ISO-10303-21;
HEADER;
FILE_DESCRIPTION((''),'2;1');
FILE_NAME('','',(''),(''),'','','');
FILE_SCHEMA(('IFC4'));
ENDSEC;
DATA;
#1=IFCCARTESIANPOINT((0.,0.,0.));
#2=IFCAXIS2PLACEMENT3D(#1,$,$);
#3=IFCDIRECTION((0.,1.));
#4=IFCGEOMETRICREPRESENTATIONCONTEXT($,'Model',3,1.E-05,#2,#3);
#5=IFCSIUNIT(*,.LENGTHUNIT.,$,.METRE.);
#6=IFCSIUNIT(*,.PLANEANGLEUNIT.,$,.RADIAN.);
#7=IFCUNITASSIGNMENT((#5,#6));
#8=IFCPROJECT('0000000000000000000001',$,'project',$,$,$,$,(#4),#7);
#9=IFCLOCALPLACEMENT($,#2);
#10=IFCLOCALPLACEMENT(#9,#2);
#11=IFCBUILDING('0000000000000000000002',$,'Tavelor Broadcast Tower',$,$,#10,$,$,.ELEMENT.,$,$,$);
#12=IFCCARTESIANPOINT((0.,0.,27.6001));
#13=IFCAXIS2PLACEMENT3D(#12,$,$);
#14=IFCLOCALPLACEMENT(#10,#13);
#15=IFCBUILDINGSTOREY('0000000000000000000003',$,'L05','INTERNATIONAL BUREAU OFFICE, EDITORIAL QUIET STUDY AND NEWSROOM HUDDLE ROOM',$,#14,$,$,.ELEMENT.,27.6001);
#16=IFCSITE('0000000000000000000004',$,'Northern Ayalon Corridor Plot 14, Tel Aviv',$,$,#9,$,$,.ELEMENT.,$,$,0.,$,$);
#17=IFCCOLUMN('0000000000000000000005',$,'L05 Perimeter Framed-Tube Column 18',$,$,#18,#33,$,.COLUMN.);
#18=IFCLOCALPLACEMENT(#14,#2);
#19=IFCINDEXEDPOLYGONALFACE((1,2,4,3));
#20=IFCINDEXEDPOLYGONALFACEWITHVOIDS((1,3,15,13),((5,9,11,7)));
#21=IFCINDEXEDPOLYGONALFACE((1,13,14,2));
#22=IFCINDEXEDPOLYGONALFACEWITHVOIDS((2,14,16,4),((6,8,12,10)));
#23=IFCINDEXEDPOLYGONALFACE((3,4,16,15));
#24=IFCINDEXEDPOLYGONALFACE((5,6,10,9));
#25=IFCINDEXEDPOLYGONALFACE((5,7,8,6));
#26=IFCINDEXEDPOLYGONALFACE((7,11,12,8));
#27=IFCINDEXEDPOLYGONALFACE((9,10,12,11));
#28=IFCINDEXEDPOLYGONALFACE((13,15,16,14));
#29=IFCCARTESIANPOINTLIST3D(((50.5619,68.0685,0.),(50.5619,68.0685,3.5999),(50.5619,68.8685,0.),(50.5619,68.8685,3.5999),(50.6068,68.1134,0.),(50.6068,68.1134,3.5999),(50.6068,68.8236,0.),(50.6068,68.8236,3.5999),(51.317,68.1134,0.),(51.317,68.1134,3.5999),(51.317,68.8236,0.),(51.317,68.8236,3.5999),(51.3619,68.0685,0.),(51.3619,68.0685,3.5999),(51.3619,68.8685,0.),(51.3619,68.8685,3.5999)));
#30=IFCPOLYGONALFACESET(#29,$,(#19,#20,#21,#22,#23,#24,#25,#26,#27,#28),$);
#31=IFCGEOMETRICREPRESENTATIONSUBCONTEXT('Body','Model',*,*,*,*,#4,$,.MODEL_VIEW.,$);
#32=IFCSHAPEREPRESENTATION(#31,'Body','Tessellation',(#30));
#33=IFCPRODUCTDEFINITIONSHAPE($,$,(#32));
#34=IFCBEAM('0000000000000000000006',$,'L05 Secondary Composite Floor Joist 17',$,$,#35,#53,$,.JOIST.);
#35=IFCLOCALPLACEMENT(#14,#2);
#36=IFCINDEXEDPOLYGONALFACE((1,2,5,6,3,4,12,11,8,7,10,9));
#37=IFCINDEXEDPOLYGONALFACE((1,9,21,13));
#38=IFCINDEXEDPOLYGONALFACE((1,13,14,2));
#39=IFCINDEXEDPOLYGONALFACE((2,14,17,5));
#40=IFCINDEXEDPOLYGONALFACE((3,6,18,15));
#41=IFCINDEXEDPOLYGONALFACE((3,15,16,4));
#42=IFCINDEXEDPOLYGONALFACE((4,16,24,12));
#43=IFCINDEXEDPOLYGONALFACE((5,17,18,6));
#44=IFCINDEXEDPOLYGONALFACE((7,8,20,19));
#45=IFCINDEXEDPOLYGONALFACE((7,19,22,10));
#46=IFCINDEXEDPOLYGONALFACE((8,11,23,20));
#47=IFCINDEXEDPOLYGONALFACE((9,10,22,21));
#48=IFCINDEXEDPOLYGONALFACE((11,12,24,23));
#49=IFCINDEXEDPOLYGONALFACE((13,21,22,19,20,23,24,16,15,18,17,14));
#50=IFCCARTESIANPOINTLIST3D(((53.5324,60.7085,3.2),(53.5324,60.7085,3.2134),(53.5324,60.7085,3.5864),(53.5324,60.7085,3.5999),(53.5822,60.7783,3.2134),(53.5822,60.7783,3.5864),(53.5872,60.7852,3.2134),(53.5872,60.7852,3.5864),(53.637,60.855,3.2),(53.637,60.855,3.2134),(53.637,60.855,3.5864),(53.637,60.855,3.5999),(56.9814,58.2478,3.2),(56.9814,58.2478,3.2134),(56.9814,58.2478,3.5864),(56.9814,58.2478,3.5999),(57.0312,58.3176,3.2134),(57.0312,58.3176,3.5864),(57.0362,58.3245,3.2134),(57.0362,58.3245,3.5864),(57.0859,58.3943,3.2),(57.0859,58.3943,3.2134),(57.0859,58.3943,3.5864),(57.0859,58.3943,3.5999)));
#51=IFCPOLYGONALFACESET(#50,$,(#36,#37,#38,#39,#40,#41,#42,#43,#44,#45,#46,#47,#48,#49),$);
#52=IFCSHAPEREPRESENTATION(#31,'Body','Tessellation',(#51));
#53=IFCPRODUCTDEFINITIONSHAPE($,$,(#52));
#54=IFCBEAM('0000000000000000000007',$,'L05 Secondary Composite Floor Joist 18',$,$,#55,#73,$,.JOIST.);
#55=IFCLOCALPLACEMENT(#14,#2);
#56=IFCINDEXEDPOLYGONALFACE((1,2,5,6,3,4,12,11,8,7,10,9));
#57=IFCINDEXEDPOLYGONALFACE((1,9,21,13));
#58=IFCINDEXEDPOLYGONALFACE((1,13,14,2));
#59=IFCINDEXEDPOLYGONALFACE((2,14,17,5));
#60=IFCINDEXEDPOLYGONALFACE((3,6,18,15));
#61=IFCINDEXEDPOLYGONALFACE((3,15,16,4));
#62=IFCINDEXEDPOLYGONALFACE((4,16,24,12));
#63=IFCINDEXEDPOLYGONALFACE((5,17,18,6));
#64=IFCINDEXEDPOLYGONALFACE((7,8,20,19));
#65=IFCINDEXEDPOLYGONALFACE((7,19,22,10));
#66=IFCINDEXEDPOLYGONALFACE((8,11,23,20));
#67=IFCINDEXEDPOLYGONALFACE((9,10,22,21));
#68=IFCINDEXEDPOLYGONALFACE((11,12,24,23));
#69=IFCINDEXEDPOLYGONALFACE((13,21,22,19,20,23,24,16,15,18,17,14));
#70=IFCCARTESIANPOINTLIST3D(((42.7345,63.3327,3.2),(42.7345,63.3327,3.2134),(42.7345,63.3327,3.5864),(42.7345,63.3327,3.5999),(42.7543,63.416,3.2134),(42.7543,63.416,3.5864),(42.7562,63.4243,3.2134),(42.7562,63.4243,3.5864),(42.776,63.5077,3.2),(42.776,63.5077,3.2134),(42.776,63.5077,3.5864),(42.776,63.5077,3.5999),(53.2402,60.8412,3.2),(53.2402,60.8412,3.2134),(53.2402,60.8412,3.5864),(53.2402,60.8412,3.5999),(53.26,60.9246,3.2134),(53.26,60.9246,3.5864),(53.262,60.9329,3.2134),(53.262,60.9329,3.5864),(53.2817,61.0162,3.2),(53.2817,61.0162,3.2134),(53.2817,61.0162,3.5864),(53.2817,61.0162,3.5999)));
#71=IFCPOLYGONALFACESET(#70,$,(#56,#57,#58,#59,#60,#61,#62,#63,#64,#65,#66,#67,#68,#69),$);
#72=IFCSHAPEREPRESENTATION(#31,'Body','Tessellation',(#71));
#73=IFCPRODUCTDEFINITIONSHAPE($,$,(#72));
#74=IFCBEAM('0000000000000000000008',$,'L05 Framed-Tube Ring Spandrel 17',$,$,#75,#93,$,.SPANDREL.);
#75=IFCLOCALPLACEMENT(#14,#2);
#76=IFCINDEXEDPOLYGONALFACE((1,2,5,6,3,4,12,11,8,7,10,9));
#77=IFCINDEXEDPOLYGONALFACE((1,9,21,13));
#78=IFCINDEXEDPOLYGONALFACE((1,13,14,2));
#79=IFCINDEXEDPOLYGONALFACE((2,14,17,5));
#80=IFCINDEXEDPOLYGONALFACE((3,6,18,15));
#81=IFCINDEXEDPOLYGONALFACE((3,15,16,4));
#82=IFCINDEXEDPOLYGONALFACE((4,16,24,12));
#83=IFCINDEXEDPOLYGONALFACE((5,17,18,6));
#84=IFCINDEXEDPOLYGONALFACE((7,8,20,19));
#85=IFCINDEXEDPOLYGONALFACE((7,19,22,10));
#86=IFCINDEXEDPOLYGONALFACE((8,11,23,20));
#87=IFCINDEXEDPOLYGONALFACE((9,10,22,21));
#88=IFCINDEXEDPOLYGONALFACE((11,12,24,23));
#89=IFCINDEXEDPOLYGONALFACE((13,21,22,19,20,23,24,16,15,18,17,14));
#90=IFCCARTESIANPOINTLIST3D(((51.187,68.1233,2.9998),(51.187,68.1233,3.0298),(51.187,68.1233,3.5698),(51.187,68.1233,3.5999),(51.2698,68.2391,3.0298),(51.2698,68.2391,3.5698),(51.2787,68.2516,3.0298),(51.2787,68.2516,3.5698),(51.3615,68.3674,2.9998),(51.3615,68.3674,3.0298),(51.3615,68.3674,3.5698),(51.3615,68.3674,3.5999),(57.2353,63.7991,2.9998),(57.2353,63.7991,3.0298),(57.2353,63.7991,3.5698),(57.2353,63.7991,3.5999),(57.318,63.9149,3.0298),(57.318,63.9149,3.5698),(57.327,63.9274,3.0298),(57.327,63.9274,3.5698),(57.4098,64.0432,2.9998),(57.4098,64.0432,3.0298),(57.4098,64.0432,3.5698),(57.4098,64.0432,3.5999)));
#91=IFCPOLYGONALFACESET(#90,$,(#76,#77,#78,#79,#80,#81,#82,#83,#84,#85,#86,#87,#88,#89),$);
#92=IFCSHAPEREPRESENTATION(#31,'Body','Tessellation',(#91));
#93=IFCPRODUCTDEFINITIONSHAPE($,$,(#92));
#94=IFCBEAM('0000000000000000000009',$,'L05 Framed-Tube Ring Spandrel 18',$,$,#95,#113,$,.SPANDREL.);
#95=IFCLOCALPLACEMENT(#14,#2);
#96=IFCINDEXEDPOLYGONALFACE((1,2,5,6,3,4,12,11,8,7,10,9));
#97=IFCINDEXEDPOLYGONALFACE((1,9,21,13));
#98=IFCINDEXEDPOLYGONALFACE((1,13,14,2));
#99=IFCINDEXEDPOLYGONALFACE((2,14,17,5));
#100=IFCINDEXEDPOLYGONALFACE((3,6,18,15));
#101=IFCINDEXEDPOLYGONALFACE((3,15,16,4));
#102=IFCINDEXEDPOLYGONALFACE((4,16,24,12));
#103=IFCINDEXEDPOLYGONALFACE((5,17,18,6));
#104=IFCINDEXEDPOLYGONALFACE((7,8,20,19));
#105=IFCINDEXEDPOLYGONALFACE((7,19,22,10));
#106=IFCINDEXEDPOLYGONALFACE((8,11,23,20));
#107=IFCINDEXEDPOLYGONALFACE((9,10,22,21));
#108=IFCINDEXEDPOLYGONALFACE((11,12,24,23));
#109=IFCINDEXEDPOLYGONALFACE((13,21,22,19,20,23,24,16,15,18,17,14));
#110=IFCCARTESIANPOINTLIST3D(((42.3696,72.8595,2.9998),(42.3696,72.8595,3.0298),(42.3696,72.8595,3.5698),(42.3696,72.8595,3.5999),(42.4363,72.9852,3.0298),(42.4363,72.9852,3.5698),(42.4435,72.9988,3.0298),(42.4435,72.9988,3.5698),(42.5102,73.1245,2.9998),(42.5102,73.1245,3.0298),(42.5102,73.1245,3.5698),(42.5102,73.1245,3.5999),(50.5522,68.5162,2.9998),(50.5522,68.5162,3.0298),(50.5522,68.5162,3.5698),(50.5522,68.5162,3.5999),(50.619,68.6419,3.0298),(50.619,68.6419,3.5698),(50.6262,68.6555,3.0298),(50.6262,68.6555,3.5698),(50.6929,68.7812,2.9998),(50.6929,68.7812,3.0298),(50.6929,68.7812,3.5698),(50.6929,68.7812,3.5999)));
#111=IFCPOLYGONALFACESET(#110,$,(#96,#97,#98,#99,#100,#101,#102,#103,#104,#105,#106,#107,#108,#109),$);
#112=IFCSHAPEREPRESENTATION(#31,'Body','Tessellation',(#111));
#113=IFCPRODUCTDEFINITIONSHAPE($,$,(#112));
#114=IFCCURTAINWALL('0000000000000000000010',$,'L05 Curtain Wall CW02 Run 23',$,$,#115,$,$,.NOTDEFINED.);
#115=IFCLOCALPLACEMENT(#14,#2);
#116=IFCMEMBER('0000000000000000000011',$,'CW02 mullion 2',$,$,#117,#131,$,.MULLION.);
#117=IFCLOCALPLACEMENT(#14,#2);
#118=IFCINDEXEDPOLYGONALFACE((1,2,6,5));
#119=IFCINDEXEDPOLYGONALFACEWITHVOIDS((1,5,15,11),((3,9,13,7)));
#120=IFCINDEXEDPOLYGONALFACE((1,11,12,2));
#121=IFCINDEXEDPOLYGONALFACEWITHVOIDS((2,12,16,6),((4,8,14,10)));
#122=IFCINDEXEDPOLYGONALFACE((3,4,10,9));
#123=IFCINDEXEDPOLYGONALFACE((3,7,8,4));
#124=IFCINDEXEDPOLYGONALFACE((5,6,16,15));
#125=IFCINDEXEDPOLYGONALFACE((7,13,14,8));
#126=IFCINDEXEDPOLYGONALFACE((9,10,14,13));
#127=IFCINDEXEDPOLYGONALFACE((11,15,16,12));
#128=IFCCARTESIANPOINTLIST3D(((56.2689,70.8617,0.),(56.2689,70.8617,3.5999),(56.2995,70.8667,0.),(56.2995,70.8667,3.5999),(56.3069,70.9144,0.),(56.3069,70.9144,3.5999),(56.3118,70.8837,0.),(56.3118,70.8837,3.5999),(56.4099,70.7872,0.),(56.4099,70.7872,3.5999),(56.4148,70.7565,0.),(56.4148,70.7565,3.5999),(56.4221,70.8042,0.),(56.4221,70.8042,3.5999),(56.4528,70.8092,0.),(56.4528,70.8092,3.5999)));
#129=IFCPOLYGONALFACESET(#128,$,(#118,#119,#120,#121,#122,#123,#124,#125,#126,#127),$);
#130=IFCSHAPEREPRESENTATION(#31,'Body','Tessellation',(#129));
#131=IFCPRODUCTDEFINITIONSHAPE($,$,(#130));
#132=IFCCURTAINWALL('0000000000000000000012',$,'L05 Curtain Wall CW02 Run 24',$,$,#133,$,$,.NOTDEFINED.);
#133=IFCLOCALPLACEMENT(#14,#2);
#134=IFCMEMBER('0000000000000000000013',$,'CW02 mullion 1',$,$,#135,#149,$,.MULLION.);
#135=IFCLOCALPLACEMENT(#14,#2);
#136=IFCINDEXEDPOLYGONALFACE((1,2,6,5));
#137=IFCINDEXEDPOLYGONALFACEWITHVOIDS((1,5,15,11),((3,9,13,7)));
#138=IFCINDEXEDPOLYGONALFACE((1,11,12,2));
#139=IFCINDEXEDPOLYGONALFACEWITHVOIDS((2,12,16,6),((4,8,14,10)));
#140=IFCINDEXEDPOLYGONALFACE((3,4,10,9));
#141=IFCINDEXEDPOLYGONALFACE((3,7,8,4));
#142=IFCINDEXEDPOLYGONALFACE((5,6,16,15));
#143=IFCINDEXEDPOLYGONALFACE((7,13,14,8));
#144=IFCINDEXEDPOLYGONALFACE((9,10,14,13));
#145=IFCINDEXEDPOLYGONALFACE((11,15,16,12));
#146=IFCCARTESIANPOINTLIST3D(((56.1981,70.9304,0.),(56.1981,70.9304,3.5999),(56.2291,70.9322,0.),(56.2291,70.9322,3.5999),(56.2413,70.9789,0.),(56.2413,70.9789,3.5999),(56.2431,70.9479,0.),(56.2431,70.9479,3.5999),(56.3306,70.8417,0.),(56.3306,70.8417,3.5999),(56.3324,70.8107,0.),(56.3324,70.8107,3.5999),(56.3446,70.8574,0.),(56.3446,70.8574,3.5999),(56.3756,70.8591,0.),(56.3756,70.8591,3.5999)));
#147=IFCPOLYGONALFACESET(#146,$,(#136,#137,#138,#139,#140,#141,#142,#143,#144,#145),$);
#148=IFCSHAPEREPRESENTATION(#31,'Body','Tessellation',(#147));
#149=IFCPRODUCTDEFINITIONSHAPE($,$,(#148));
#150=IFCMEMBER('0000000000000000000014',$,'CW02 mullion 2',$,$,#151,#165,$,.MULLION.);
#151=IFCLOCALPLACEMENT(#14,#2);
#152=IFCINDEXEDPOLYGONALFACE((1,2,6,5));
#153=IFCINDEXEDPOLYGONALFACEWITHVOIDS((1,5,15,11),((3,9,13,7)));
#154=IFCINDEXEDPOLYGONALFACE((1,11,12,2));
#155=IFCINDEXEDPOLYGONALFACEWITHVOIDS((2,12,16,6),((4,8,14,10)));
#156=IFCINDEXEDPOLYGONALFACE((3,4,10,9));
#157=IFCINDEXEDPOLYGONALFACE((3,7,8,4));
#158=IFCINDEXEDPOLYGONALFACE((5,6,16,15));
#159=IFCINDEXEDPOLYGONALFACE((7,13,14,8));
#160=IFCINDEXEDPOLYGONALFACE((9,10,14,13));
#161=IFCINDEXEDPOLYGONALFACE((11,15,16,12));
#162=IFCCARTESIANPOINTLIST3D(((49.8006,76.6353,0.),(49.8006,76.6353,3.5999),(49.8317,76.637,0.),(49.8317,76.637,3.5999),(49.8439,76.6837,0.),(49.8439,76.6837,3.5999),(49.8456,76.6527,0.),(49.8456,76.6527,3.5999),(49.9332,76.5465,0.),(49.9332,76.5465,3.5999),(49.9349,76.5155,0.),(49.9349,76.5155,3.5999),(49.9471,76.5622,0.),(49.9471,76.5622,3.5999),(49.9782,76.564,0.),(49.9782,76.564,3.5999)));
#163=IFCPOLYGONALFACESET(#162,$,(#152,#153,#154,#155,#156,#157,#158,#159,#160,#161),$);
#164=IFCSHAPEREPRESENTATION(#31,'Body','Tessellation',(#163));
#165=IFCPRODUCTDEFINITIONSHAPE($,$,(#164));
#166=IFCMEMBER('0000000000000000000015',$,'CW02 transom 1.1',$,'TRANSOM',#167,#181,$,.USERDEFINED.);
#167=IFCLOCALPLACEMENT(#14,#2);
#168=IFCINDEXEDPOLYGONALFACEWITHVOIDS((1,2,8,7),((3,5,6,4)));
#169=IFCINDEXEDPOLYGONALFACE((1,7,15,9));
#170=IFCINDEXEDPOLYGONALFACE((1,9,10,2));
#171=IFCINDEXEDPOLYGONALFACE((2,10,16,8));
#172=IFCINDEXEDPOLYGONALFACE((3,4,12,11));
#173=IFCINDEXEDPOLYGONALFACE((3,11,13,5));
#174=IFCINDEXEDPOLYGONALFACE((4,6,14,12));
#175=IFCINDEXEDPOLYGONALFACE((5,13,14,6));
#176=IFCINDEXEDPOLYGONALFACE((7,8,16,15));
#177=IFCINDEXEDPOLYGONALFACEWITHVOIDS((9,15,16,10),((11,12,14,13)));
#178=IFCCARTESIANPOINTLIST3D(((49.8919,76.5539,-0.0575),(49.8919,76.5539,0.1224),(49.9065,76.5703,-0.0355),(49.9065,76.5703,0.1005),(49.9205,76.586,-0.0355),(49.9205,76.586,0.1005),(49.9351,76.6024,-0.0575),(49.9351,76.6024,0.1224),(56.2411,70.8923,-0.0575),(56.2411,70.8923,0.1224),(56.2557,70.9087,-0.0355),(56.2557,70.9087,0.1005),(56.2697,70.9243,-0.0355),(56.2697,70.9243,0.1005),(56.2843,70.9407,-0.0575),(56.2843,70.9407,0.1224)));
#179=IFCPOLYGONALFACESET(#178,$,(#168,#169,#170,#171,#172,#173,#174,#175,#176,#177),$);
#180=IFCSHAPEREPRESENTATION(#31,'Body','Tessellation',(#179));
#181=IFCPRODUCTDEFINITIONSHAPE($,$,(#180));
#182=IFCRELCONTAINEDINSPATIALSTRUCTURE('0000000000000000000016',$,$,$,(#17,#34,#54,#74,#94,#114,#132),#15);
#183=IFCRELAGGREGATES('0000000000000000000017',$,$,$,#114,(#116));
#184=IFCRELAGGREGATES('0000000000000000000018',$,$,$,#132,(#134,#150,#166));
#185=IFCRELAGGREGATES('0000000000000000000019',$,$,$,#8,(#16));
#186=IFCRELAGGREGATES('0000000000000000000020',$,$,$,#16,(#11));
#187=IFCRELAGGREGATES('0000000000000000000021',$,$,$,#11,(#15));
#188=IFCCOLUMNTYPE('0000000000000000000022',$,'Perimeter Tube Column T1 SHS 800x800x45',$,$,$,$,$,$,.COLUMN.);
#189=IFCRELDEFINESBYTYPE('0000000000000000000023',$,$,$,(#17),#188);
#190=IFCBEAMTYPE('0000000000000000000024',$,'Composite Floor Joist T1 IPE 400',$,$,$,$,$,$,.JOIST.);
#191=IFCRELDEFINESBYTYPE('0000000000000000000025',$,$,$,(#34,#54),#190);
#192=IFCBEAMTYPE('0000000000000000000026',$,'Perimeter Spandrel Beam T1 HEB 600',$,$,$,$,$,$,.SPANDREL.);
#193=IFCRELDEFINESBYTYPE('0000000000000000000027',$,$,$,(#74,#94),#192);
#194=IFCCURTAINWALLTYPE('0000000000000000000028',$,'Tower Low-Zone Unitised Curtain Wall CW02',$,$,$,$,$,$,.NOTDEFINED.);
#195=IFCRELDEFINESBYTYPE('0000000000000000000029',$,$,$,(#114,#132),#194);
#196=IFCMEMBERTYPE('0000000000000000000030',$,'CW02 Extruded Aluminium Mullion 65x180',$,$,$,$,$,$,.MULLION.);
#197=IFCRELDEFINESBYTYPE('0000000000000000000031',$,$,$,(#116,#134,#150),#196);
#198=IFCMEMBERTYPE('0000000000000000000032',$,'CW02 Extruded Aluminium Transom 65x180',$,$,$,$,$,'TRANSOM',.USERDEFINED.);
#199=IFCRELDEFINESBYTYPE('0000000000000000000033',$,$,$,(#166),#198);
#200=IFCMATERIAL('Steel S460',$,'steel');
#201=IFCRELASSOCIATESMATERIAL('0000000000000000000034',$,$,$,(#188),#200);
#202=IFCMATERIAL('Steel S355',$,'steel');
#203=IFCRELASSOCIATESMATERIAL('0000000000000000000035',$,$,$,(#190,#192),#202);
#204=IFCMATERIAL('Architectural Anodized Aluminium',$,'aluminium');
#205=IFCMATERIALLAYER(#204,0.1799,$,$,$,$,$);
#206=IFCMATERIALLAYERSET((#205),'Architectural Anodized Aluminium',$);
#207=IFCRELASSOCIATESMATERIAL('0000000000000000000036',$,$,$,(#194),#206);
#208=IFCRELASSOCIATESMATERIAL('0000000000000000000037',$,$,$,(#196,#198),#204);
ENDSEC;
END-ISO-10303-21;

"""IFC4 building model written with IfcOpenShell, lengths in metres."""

from ifc_helpers import new_model, si_unit, direction, frame, origin, origin_2d, place, context, subcontext, project, spatial, hollow_rectangle, i_section, extrude, source, transform, mapped, material, layer, layer_set, material_profile, profile_set, type_object, type_shapes, element, aggregate, save


model = new_model("IFC4")

# Units and contexts
model_context = context("Model", 3, precision=1e-05, world=origin(), true_north=direction((0.0, 1.0)))
body_context = subcontext(model_context, "Body", "Model", "MODEL_VIEW")
ifc_project = project(units=[si_unit("LENGTHUNIT", "METRE"), si_unit("PLANEANGLEUNIT", "RADIAN")], contexts=[model_context])

# Site, building, storey
site_placement = place(None, origin())
site = spatial("IfcSite", under=ifc_project, at=site_placement, Name="Northern Ayalon Corridor Plot 14, Tel Aviv", CompositionType="ELEMENT", RefElevation=0.0)
building_placement = place(site_placement, origin())
building = spatial("IfcBuilding", under=site, at=building_placement, Name="Tavelor Broadcast Tower", CompositionType="ELEMENT")
storey_placement = place(building_placement, frame((0.0, 0.0, 27.6001)))
storey = spatial("IfcBuildingStorey", under=building, at=storey_placement, Name="L05", Description="INTERNATIONAL BUREAU OFFICE, EDITORIAL QUIET STUDY AND NEWSROOM HUDDLE ROOM", CompositionType="ELEMENT", Elevation=27.6001)

# Column
ifc_material_1 = material(Name="Steel S460", Category="steel")
ifc_material_profile_1 = material_profile(ifc_material_1, hollow_rectangle(XDim=0.8, YDim=0.8, WallThickness=0.0449, at=origin_2d()), Name="SHS 800x800x45")
ifc_profile_set_1 = profile_set([ifc_material_profile_1], Name="Steel S460")
column_type = type_object("IfcColumnType", Name="Perimeter Tube Column T1 SHS 800x800x45", PredefinedType="COLUMN", material=ifc_profile_set_1)
column_placement = place(storey_placement, frame((50.9619, 68.4685, 0.0), z_axis=(0.0, 0.0, 1.0), x_axis=(1.0, 0.0, 0.0)))
element("IfcColumn", 1, at=column_placement, inside=storey, type_object=column_type, Name="L05 Perimeter Framed-Tube Column 18", PredefinedType="COLUMN", context=body_context, shape_type="SweptSolid", body=[
    extrude(hollow_rectangle(XDim=0.8, YDim=0.8, WallThickness=0.0449, at=origin_2d()), origin(), (0.0, 0.0, 1.0), 3.5999),
])

# Beams
ifc_material_2 = material(Name="Steel S355", Category="steel")
ifc_material_profile_2 = material_profile(ifc_material_2, i_section(OverallWidth=0.1799, OverallDepth=0.3999, WebThickness=0.0085, FlangeThickness=0.0134, at=origin_2d()), Name="IPE 400")
ifc_profile_set_2 = profile_set([ifc_material_profile_2], Name="Steel S355")
beam_type_1 = type_object("IfcBeamType", Name="Composite Floor Joist T1 IPE 400", PredefinedType="JOIST", material=ifc_profile_set_2)
beam_1_placement = place(storey_placement, frame((57.0337, 58.321, 3.3999), z_axis=(-0.814053, 0.580791, 0.0), x_axis=(-0.580791, -0.814053, 0.0)))
element("IfcBeam", 2, at=beam_1_placement, inside=storey, type_object=beam_type_1, Name="L05 Secondary Composite Floor Joist 17", PredefinedType="JOIST", context=body_context, shape_type="SweptSolid", body=[
    extrude(i_section(OverallWidth=0.1799, OverallDepth=0.3999, WebThickness=0.0085, FlangeThickness=0.0134, at=origin_2d()), origin(), (0.0, 0.0, 1.0), 4.2368),
])
beam_2_placement = place(storey_placement, frame((53.261, 60.9287, 3.3999), z_axis=(-0.973012, 0.230754, 0.0), x_axis=(-0.230754, -0.973012, 0.0)))
element("IfcBeam", 3, at=beam_2_placement, inside=storey, type_object=beam_type_1, Name="L05 Secondary Composite Floor Joist 18", PredefinedType="JOIST", context=body_context, shape_type="SweptSolid", body=[
    extrude(i_section(OverallWidth=0.1799, OverallDepth=0.3999, WebThickness=0.0085, FlangeThickness=0.0134, at=origin_2d()), origin(), (0.0, 0.0, 1.0), 10.7971),
])
ifc_material_profile_3 = material_profile(ifc_material_2, i_section(OverallWidth=0.3, OverallDepth=0.6001, WebThickness=0.0154, FlangeThickness=0.03, at=origin_2d()), Name="HEB 600")
ifc_profile_set_3 = profile_set([ifc_material_profile_3], Name="Steel S355")
beam_type_2 = type_object("IfcBeamType", Name="Perimeter Spandrel Beam T1 HEB 600", PredefinedType="SPANDREL", material=ifc_profile_set_3)
beam_3_placement = place(storey_placement, frame((57.3225, 63.9211, 3.2998), z_axis=(-0.81348, 0.581592, 0.0), x_axis=(-0.581592, -0.81348, 0.0)))
element("IfcBeam", 4, at=beam_3_placement, inside=storey, type_object=beam_type_2, Name="L05 Framed-Tube Ring Spandrel 17", PredefinedType="SPANDREL", context=body_context, shape_type="SweptSolid", body=[
    extrude(i_section(OverallWidth=0.3, OverallDepth=0.6001, WebThickness=0.0154, FlangeThickness=0.03, at=origin_2d()), origin(), (0.0, 0.0, 1.0), 7.4351),
])
beam_4_placement = place(storey_placement, frame((50.6226, 68.6487, 3.2998), z_axis=(-0.883284, 0.468839, 0.0), x_axis=(-0.468839, -0.883284, 0.0)))
element("IfcBeam", 5, at=beam_4_placement, inside=storey, type_object=beam_type_2, Name="L05 Framed-Tube Ring Spandrel 18", PredefinedType="SPANDREL", context=body_context, shape_type="SweptSolid", body=[
    extrude(i_section(OverallWidth=0.3, OverallDepth=0.6001, WebThickness=0.0154, FlangeThickness=0.03, at=origin_2d()), origin(), (0.0, 0.0, 1.0), 9.2639),
])

# Curtain wall, member
ifc_material_3 = material(Name="Architectural Anodized Aluminium", Category="aluminium")
ifc_layer_1 = layer(ifc_material_3, 0.1799)
ifc_layer_set_1 = layer_set([ifc_layer_1], Name="Architectural Anodized Aluminium")
curtain_wall_type = type_object("IfcCurtainWallType", Name="Tower Low-Zone Unitised Curtain Wall CW02", PredefinedType="NOTDEFINED", material=ifc_layer_set_1)
curtain_wall_1_placement = place(storey_placement, origin())
curtain_wall_1 = element("IfcCurtainWall", 6, at=curtain_wall_1_placement, inside=storey, type_object=curtain_wall_type, Name="L05 Curtain Wall CW02 Run 23", PredefinedType="NOTDEFINED")
ifc_material_profile_4 = material_profile(ifc_material_3, hollow_rectangle(XDim=0.0649, YDim=0.1799, WallThickness=0.022, at=origin_2d()), Name="RHS 65x180x22")
ifc_profile_set_4 = profile_set([ifc_material_profile_4], Name="Architectural Anodized Aluminium")
member_type_1 = type_object("IfcMemberType", Name="CW02 Extruded Aluminium Mullion 65x180", PredefinedType="MULLION", material=ifc_profile_set_4)
shared_shape_1 = source(origin(), body_context, "Body", "SweptSolid", [
    extrude(hollow_rectangle(XDim=0.0649, YDim=0.1799, WallThickness=0.022, at=origin_2d()), origin(), (0.0, 0.0, 1.0), 3.5999),
])
type_shapes(member_type_1, [shared_shape_1])
member_1_placement = place(storey_placement, frame((56.3608, 70.8354, 0.0), z_axis=(0.0, 0.0, 1.0), x_axis=(-0.584873, -0.811125, 0.0)))
member_1 = element("IfcMember", 7, at=member_1_placement, type_object=member_type_1, Name="CW02 mullion 2", PredefinedType="MULLION", context=body_context, shape_type="MappedRepresentation", body=[
    mapped(shared_shape_1, transform((0.0, 0.0, 0.0), scale=1.0)),
])
aggregate(curtain_wall_1, [member_1])

# Curtain wall, members
curtain_wall_2_placement = place(storey_placement, origin())
curtain_wall_2 = element("IfcCurtainWall", 8, at=curtain_wall_2_placement, inside=storey, type_object=curtain_wall_type, Name="L05 Curtain Wall CW02 Run 24", PredefinedType="NOTDEFINED")
member_2_placement = place(storey_placement, frame((56.2869, 70.8948, 0.0), z_axis=(0.0, 0.0, 1.0), x_axis=(-0.665542, -0.74636, 0.0)))
member_2 = element("IfcMember", 9, at=member_2_placement, type_object=member_type_1, Name="CW02 mullion 1", PredefinedType="MULLION", context=body_context, shape_type="MappedRepresentation", body=[
    mapped(shared_shape_1, transform((0.0, 0.0, 0.0), scale=1.0)),
])
member_3_placement = place(storey_placement, frame((49.8894, 76.5996, 0.0), z_axis=(0.0, 0.0, 1.0), x_axis=(-0.665542, -0.74636, 0.0)))
member_3 = element("IfcMember", 10, at=member_3_placement, type_object=member_type_1, Name="CW02 mullion 2", PredefinedType="MULLION", context=body_context, shape_type="MappedRepresentation", body=[
    mapped(shared_shape_1, transform((0.0, 0.0, 0.0), scale=1.0)),
])
ifc_material_profile_5 = material_profile(ifc_material_3, hollow_rectangle(XDim=0.0649, YDim=0.1799, WallThickness=0.022, at=origin_2d()), Name="RHS 65x180x22")
ifc_profile_set_5 = profile_set([ifc_material_profile_5], Name="Architectural Anodized Aluminium")
member_type_2 = type_object("IfcMemberType", Name="CW02 Extruded Aluminium Transom 65x180", ElementType="TRANSOM", PredefinedType="USERDEFINED", material=ifc_profile_set_5)
shared_shape_2 = source(origin(), body_context, "Body", "SweptSolid", [
    extrude(hollow_rectangle(XDim=0.0649, YDim=0.1799, WallThickness=0.022, at=origin_2d()), origin(), (0.0, 0.0, 1.0), 8.5068),
])
type_shapes(member_type_2, [shared_shape_2])
member_4_placement = place(storey_placement, frame((56.2627, 70.9165, 0.0325), z_axis=(-0.74636, 0.665542, 0.0), x_axis=(-0.665542, -0.74636, 0.0)))
member_4 = element("IfcMember", 11, at=member_4_placement, type_object=member_type_2, Name="CW02 transom 1.1", ObjectType="TRANSOM", PredefinedType="USERDEFINED", context=body_context, shape_type="MappedRepresentation", body=[
    mapped(shared_shape_2, transform((0.0, 0.0, 0.0), scale=1.0)),
])

aggregate(curtain_wall_2, [member_2, member_3, member_4])

save(model, "model.ifc")
